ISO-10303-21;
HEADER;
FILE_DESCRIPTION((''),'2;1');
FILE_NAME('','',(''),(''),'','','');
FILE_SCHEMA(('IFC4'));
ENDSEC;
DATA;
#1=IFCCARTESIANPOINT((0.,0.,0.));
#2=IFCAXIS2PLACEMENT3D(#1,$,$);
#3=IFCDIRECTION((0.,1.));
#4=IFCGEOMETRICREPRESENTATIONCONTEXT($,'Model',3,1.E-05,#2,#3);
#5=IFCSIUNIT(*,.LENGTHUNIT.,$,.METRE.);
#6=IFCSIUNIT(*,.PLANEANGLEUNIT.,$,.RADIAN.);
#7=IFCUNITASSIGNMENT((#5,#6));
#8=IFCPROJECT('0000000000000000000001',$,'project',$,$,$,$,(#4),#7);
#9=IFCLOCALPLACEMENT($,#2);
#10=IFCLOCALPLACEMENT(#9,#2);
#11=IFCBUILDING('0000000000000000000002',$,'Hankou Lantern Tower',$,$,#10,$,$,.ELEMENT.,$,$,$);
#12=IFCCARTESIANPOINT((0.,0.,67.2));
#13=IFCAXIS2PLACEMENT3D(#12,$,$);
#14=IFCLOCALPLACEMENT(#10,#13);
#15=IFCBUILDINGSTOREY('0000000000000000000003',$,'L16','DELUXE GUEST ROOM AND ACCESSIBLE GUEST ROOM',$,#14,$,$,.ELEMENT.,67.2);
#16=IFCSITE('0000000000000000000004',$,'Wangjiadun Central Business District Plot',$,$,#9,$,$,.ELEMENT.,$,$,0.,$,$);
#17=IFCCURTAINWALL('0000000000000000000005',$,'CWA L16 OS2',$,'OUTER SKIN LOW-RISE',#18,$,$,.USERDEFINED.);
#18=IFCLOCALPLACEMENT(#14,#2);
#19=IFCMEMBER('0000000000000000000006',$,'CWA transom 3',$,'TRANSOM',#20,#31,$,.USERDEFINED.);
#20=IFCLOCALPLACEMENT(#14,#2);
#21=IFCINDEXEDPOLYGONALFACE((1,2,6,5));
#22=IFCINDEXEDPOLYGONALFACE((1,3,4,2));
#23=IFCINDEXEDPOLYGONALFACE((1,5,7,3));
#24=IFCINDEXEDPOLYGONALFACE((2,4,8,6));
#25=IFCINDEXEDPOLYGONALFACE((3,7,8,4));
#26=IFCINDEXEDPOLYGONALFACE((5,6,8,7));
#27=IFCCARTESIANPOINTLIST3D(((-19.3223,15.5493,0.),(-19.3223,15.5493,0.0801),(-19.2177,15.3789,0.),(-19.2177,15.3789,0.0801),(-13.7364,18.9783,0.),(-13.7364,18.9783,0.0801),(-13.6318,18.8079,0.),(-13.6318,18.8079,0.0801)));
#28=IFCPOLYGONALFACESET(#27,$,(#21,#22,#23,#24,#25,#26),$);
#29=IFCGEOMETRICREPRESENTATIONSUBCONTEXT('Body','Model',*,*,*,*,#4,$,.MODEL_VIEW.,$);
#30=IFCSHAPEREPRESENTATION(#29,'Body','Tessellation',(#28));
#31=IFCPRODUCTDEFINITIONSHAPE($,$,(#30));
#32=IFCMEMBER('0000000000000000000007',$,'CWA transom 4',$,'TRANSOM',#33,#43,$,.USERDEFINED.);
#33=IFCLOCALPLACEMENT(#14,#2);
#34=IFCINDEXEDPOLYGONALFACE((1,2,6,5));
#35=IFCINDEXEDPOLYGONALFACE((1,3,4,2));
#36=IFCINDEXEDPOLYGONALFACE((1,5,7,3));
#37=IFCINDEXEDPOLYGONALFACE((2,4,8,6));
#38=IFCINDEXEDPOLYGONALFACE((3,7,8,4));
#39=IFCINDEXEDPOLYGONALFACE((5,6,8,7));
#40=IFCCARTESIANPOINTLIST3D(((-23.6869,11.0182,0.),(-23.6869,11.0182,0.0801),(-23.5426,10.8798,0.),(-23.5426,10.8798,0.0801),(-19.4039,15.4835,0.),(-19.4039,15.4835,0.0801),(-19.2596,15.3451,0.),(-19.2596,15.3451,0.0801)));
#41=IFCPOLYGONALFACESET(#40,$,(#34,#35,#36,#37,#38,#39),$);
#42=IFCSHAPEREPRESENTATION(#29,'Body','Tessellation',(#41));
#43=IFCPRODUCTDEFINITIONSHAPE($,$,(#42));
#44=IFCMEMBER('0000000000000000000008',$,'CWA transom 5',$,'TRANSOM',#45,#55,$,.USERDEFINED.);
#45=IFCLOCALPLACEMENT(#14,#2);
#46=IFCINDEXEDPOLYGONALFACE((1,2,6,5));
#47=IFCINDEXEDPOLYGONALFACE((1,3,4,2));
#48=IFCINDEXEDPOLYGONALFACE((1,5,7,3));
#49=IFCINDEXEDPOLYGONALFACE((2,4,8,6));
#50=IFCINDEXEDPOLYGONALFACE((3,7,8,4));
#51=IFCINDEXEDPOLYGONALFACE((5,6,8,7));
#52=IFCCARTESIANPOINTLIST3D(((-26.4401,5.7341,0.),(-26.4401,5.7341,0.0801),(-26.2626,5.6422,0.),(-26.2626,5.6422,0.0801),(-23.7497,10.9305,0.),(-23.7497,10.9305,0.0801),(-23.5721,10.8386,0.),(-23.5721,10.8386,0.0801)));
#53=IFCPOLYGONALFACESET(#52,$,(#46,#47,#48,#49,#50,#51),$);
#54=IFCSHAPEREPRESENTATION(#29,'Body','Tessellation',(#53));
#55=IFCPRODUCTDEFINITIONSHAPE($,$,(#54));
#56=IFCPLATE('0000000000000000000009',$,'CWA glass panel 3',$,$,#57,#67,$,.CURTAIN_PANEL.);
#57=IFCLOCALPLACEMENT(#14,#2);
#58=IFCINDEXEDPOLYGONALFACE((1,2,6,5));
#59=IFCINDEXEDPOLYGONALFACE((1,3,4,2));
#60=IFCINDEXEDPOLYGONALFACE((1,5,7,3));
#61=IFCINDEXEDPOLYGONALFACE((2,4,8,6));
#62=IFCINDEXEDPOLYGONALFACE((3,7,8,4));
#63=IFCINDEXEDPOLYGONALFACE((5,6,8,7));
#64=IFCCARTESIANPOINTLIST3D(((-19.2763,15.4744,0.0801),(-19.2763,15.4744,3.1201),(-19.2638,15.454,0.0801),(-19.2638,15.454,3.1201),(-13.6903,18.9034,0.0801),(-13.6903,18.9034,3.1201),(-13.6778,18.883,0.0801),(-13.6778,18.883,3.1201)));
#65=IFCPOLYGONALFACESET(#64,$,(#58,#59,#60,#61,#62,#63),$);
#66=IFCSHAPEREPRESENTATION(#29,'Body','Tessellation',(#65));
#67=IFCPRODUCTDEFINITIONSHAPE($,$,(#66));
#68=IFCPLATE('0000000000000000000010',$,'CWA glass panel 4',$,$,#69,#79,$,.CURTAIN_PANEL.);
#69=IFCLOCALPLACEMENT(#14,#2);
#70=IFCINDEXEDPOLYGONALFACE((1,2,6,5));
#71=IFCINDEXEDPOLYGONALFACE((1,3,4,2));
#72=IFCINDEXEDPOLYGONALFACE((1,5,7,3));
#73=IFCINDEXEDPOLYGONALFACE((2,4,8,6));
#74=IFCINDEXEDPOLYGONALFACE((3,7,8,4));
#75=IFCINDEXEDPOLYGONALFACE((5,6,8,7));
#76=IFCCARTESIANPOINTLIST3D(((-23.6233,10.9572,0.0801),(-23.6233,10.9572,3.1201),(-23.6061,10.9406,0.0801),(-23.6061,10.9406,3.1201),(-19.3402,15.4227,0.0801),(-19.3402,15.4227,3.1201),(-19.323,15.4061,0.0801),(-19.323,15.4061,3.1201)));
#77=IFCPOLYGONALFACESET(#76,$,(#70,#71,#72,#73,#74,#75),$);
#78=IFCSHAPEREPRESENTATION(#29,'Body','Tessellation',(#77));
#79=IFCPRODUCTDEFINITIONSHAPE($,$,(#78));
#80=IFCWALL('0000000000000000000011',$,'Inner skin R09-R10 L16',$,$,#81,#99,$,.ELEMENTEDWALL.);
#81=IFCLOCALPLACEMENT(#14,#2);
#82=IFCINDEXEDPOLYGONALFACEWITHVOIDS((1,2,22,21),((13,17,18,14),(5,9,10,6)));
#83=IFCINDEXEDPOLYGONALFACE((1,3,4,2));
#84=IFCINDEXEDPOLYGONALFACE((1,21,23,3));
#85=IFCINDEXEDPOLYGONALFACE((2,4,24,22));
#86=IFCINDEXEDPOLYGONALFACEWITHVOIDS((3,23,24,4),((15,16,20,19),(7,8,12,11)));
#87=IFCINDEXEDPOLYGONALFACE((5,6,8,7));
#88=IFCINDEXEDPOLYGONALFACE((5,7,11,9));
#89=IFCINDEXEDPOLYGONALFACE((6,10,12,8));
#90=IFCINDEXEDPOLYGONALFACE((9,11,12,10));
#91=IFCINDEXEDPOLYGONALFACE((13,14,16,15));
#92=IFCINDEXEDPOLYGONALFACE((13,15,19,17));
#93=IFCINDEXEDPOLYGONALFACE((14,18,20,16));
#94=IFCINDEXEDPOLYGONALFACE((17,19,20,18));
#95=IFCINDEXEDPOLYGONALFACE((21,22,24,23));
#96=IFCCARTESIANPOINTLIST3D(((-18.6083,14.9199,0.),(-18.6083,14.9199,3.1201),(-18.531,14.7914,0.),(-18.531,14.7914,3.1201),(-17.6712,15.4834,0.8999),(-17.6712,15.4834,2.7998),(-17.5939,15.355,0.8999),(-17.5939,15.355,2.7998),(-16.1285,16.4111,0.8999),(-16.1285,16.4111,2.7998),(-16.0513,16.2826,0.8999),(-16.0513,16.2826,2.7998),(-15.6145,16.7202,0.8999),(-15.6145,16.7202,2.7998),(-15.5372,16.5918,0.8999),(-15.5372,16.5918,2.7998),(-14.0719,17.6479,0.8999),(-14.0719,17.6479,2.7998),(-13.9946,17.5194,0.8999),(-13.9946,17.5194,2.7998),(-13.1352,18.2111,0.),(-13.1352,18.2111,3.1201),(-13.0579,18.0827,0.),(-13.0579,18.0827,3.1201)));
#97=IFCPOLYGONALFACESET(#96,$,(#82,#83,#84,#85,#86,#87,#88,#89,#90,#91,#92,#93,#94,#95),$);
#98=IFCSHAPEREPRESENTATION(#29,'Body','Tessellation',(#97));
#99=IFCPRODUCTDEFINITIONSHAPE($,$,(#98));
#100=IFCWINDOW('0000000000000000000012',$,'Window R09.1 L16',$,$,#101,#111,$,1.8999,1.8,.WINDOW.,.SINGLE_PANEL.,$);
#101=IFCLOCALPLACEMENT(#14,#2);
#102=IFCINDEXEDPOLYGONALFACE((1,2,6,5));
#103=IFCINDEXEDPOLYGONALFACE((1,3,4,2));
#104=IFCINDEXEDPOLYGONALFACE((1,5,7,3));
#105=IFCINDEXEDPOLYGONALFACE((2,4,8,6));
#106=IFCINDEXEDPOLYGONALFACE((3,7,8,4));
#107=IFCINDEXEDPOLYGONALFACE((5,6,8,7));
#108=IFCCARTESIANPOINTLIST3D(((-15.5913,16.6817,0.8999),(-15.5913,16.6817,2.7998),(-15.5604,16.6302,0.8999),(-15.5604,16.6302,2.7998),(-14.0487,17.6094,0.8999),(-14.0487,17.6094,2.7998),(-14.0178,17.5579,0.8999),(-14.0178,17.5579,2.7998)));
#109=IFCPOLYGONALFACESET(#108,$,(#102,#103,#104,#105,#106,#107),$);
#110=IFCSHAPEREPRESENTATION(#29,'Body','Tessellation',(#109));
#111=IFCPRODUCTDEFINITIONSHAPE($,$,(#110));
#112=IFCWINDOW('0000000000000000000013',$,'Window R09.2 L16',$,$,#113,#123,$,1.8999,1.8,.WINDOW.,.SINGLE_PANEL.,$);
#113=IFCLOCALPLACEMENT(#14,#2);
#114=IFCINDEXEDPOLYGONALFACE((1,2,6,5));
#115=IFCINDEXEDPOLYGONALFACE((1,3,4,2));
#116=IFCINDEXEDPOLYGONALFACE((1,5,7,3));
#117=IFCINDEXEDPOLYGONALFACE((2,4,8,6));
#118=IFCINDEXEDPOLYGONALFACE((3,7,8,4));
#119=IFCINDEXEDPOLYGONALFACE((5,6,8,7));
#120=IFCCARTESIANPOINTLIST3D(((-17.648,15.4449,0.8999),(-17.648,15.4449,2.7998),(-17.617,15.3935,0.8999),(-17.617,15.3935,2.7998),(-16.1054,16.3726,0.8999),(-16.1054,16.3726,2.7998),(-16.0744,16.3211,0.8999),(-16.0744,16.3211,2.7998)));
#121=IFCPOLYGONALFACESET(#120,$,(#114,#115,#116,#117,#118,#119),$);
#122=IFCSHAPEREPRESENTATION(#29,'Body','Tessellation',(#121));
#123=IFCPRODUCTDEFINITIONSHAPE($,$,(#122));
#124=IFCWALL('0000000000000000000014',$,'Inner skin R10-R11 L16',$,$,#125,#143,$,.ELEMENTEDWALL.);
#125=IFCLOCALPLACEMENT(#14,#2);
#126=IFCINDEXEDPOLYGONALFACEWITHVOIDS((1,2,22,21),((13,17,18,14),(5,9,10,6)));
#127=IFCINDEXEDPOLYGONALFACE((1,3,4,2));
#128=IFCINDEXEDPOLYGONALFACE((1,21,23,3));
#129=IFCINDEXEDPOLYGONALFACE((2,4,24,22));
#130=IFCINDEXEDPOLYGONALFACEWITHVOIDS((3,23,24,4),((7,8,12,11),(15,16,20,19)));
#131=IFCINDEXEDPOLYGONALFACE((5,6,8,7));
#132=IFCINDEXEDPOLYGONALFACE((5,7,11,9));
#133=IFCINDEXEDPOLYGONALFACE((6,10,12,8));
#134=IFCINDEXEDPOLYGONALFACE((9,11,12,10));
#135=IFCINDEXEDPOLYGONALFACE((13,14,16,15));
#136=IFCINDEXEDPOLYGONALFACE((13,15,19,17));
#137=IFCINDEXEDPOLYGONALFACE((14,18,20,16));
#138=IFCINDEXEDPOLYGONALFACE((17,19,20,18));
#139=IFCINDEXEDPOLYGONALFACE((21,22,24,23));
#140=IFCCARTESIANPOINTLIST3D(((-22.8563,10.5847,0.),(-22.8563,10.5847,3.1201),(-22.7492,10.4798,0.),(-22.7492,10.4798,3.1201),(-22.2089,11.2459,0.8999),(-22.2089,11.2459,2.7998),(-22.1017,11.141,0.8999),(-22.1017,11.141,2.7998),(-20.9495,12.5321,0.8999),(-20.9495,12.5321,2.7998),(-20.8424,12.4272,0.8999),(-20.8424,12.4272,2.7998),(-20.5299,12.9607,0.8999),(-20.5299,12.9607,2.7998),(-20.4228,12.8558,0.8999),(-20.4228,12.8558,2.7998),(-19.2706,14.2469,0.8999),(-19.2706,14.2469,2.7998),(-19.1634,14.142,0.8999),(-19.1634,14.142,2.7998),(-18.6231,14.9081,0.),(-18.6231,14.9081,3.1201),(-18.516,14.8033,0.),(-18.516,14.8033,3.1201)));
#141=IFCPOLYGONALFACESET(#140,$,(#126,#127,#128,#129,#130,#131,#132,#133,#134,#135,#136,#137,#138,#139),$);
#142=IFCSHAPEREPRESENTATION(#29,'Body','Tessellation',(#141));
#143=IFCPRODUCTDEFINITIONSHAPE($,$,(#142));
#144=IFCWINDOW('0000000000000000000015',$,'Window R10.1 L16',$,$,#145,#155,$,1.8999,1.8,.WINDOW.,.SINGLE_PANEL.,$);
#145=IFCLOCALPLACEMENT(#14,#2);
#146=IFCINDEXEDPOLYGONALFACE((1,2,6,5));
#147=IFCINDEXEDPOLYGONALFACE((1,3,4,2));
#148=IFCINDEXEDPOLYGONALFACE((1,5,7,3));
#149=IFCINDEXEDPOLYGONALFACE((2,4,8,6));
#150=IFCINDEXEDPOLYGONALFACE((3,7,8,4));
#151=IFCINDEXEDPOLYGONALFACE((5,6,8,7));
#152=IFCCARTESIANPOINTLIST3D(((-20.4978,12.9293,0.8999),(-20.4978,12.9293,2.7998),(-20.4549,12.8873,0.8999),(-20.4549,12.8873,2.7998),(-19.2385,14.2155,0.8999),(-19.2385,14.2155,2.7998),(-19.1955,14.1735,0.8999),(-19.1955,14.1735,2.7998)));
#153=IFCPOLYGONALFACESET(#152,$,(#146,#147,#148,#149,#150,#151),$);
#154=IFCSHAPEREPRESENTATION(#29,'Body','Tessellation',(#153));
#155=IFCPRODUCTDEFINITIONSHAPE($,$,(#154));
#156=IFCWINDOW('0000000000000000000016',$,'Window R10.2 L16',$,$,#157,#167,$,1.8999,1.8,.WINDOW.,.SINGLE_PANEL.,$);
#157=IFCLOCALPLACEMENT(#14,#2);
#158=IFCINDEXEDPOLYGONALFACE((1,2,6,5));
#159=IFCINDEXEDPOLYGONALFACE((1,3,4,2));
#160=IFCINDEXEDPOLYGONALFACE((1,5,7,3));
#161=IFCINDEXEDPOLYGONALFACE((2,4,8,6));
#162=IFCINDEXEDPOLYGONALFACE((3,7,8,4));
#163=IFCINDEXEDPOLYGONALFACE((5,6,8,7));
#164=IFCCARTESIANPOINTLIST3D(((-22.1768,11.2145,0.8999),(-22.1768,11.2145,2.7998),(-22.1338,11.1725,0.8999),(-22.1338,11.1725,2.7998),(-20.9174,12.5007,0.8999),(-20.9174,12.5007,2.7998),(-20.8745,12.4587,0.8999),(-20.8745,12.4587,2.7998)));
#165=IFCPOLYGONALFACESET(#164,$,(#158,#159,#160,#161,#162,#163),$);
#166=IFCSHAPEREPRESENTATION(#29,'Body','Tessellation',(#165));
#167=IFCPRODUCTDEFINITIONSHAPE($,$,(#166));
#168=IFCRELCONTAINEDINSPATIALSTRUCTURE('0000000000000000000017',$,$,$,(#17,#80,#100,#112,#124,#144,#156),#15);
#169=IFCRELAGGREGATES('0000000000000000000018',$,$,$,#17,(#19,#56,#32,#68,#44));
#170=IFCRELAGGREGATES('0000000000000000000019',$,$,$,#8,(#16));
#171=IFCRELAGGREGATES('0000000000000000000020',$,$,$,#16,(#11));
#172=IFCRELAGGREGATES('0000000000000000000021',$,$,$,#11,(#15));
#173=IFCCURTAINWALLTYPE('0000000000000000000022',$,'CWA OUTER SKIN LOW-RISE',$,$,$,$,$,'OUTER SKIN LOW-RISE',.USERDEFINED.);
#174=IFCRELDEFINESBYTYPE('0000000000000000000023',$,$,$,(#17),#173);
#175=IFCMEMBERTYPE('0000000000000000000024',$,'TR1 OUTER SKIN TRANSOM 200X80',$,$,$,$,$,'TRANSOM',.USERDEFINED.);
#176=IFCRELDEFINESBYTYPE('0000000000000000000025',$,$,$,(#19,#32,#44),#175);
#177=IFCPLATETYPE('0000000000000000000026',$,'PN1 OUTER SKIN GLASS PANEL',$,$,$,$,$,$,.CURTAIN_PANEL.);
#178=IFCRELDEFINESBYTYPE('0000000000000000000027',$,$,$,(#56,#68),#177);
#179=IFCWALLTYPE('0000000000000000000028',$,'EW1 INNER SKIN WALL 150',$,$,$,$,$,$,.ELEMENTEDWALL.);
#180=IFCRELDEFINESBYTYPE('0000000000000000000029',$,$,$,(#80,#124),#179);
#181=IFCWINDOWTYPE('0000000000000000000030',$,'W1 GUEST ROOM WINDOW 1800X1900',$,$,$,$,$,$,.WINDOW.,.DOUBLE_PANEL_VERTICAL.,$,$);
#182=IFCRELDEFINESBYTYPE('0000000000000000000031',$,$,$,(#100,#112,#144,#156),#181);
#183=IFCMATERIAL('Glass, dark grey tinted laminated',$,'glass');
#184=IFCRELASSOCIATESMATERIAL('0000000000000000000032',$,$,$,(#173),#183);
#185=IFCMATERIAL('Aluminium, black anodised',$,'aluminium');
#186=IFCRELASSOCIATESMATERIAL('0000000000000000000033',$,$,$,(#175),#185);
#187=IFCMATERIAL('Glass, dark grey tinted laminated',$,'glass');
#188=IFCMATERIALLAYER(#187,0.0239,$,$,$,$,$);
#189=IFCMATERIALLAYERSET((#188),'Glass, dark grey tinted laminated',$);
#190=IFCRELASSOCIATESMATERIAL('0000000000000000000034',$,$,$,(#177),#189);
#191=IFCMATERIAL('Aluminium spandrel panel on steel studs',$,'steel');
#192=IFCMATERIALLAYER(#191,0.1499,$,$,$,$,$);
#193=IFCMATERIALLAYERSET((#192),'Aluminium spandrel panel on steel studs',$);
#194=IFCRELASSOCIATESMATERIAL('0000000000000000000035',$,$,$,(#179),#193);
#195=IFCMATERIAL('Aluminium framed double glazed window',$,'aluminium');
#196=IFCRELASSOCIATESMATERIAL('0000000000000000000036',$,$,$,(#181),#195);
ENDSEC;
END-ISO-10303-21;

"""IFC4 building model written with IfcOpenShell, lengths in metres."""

from ifc_helpers import new_model, si_unit, direction, frame, frame_2d, origin, origin_2d, place, context, subcontext, project, spatial, rectangle, extrude, material, layer, layer_set, material_profile, profile_set, type_object, element, fill, aggregate, save


model = new_model("IFC4")

# Units and contexts
model_context = context("Model", 3, precision=1e-05, world=origin(), true_north=direction((0.0, 1.0)))
body_context = subcontext(model_context, "Body", "Model", "MODEL_VIEW")
ifc_project = project(units=[si_unit("LENGTHUNIT", "METRE"), si_unit("PLANEANGLEUNIT", "RADIAN")], contexts=[model_context])

# Site, building, storey
site_placement = place(None, origin())
site = spatial("IfcSite", under=ifc_project, at=site_placement, Name="Wangjiadun Central Business District Plot", CompositionType="ELEMENT", RefElevation=0.0)
building_placement = place(site_placement, origin())
building = spatial("IfcBuilding", under=site, at=building_placement, Name="Hankou Lantern Tower", CompositionType="ELEMENT")
storey_placement = place(building_placement, frame((0.0, 0.0, 67.2)))
storey = spatial("IfcBuildingStorey", under=building, at=storey_placement, Name="L16", Description="DELUXE GUEST ROOM AND ACCESSIBLE GUEST ROOM", CompositionType="ELEMENT", Elevation=67.2)

# Curtain wall
ifc_material_1 = material(Name="Glass, dark grey tinted laminated", Category="glass")
curtain_wall_type = type_object("IfcCurtainWallType", Name="CWA OUTER SKIN LOW-RISE", ElementType="OUTER SKIN LOW-RISE", PredefinedType="USERDEFINED", material=ifc_material_1)
curtain_wall_placement = place(storey_placement, origin())
curtain_wall = element("IfcCurtainWall", 1, at=curtain_wall_placement, inside=storey, type_object=curtain_wall_type, Name="CWA L16 OS2", ObjectType="OUTER SKIN LOW-RISE", PredefinedType="USERDEFINED")

# Members
ifc_material_2 = material(Name="Aluminium, black anodised", Category="aluminium")
ifc_material_profile_1 = material_profile(ifc_material_2, rectangle(XDim=0.2, YDim=0.0801, at=origin_2d()), Name="TR1 200X80")
ifc_profile_set_1 = profile_set([ifc_material_profile_1], Name="Aluminium, black anodised")
member_type_1 = type_object("IfcMemberType", Name="TR1 OUTER SKIN TRANSOM 200X80", ElementType="TRANSOM", PredefinedType="USERDEFINED", material=ifc_profile_set_1)
member_1_placement = place(storey_placement, frame((-13.6841, 18.8931, 0.04), z_axis=(-0.85224, -0.523152, 0.0), x_axis=(0.523152, -0.85224, 0.0)))
member_1 = element("IfcMember", 2, at=member_1_placement, type_object=member_type_1, Name="CWA transom 3", ObjectType="TRANSOM", PredefinedType="USERDEFINED", context=body_context, shape_type="SweptSolid", body=[
    extrude(rectangle(XDim=0.2, YDim=0.0801, at=origin_2d()), origin(), (0.0, 0.0, 1.0), 6.5544),
])
member_2_placement = place(storey_placement, frame((-19.3318, 15.4143, 0.04), z_axis=(-0.692216, -0.721691, 0.0), x_axis=(0.721691, -0.692216, 0.0)))
member_2 = element("IfcMember", 3, at=member_2_placement, type_object=member_type_1, Name="CWA transom 4", ObjectType="TRANSOM", PredefinedType="USERDEFINED", context=body_context, shape_type="SweptSolid", body=[
    extrude(rectangle(XDim=0.2, YDim=0.0801, at=origin_2d()), origin(), (0.0, 0.0, 1.0), 6.1873),
])
member_3_placement = place(storey_placement, frame((-23.6609, 10.8845, 0.04), z_axis=(-0.459786, -0.88803, 0.0), x_axis=(0.88803, -0.459786, 0.0)))
member_3 = element("IfcMember", 4, at=member_3_placement, type_object=member_type_1, Name="CWA transom 5", ObjectType="TRANSOM", PredefinedType="USERDEFINED", context=body_context, shape_type="SweptSolid", body=[
    extrude(rectangle(XDim=0.2, YDim=0.0801, at=origin_2d()), origin(), (0.0, 0.0, 1.0), 5.8516),
])

# Plates
ifc_material_3 = material(Name="Glass, dark grey tinted laminated", Category="glass")
ifc_layer_1 = layer(ifc_material_3, 0.0239)
ifc_layer_set_1 = layer_set([ifc_layer_1], Name="Glass, dark grey tinted laminated")
plate_type = type_object("IfcPlateType", Name="PN1 OUTER SKIN GLASS PANEL", PredefinedType="CURTAIN_PANEL", material=ifc_layer_set_1)
plate_1_placement = place(storey_placement, frame((-16.4771, 17.1787, 0.0801), z_axis=(0.0, 0.0, 1.0), x_axis=(-0.852237, -0.523156, 0.0)))
plate_1 = element("IfcPlate", 5, at=plate_1_placement, type_object=plate_type, Name="CWA glass panel 3", PredefinedType="CURTAIN_PANEL", context=body_context, shape_type="SweptSolid", body=[
    extrude(rectangle(XDim=6.5544, YDim=0.0239, at=origin_2d()), origin(), (0.0, 0.0, 1.0), 3.04),
])
plate_2_placement = place(storey_placement, frame((-21.4731, 13.1816, 0.0801), z_axis=(0.0, 0.0, 1.0), x_axis=(-0.692216, -0.721691, 0.0)))
plate_2 = element("IfcPlate", 6, at=plate_2_placement, type_object=plate_type, Name="CWA glass panel 4", PredefinedType="CURTAIN_PANEL", context=body_context, shape_type="SweptSolid", body=[
    extrude(rectangle(XDim=6.1875, YDim=0.0239, at=origin_2d()), origin(), (0.0, 0.0, 1.0), 3.04),
])
aggregate(curtain_wall, [member_1, plate_1, member_2, plate_2, member_3])

# Walls, openings, windows
ifc_material_4 = material(Name="Aluminium spandrel panel on steel studs", Category="steel")
ifc_layer_2 = layer(ifc_material_4, 0.1499)
ifc_layer_set_2 = layer_set([ifc_layer_2], Name="Aluminium spandrel panel on steel studs")
wall_type_1 = type_object("IfcWallType", Name="EW1 INNER SKIN WALL 150", PredefinedType="ELEMENTEDWALL", material=ifc_layer_set_2)
wall_1_placement = place(storey_placement, frame((-13.0964, 18.147, 0.0), z_axis=(0.0, 0.0, 1.0), x_axis=(-0.856983, -0.515344, 0.0)))
wall_1 = element("IfcWall", 7, at=wall_1_placement, inside=storey, type_object=wall_type_1, Name="Inner skin R09-R10 L16", PredefinedType="ELEMENTEDWALL", context=body_context, shape_type="SweptSolid", body=[
    extrude(rectangle(XDim=6.3865, YDim=0.1499, at=frame_2d((3.1934, 0.0))), origin(), (0.0, 0.0, 1.0), 3.1201),
])
opening_1_placement = place(wall_1_placement, frame((1.0933, 0.0, 0.8999)))
opening_1 = element("IfcOpeningElement", 8, at=opening_1_placement, cuts=wall_1, PredefinedType="OPENING", context=body_context, shape_type="SweptSolid", body=[
    extrude(rectangle(XDim=1.8, YDim=1.8999, at=frame_2d((0.8999, 0.95))), frame((0.0, 0.085, 0.0), z_axis=(0.0, -1.0, 0.0), x_axis=(1.0, 0.0, 0.0)), (0.0, 0.0, 1.0), 0.1699),
])
opening_2_placement = place(wall_1_placement, frame((3.4932, 0.0, 0.8999)))
opening_2 = element("IfcOpeningElement", 9, at=opening_2_placement, cuts=wall_1, PredefinedType="OPENING", context=body_context, shape_type="SweptSolid", body=[
    extrude(rectangle(XDim=1.8, YDim=1.8999, at=frame_2d((0.8999, 0.95))), frame((0.0, 0.085, 0.0), z_axis=(0.0, -1.0, 0.0), x_axis=(1.0, 0.0, 0.0)), (0.0, 0.0, 1.0), 0.1699),
])
ifc_material_5 = material(Name="Aluminium framed double glazed window", Category="aluminium")
window_type = type_object("IfcWindowType", Name="W1 GUEST ROOM WINDOW 1800X1900", PartitioningType="DOUBLE_PANEL_VERTICAL", PredefinedType="WINDOW", material=ifc_material_5)
window_1_placement = place(opening_1_placement, origin())
window_1 = element("IfcWindow", 10, at=window_1_placement, inside=storey, type_object=window_type, Name="Window R09.1 L16", OverallHeight=1.8999, OverallWidth=1.8, PartitioningType="SINGLE_PANEL", PredefinedType="WINDOW", context=body_context, shape_type="SweptSolid", body=[
    extrude(rectangle(XDim=1.8, YDim=1.8999, at=frame_2d((0.8999, 0.95))), frame((0.0, 0.03, 0.0), z_axis=(0.0, -1.0, 0.0), x_axis=(1.0, 0.0, 0.0)), (0.0, 0.0, 1.0), 0.0601),
])
fill(opening_1, window_1)
window_2_placement = place(opening_2_placement, origin())
window_2 = element("IfcWindow", 11, at=window_2_placement, inside=storey, type_object=window_type, Name="Window R09.2 L16", OverallHeight=1.8999, OverallWidth=1.8, PartitioningType="SINGLE_PANEL", PredefinedType="WINDOW", context=body_context, shape_type="SweptSolid", body=[
    extrude(rectangle(XDim=1.8, YDim=1.8999, at=frame_2d((0.8999, 0.95))), frame((0.0, 0.03, 0.0), z_axis=(0.0, -1.0, 0.0), x_axis=(1.0, 0.0, 0.0)), (0.0, 0.0, 1.0), 0.0601),
])
fill(opening_2, window_2)
wall_2_placement = place(storey_placement, frame((-18.5696, 14.8557, 0.0), z_axis=(0.0, 0.0, 1.0), x_axis=(-0.699603, -0.714532, 0.0)))
wall_2 = element("IfcWall", 12, at=wall_2_placement, inside=storey, type_object=wall_type_1, Name="Inner skin R10-R11 L16", PredefinedType="ELEMENTEDWALL", context=body_context, shape_type="SweptSolid", body=[
    extrude(rectangle(XDim=6.0508, YDim=0.1499, at=frame_2d((3.0254, 0.0))), origin(), (0.0, 0.0, 1.0), 3.1201),
])
opening_3_placement = place(wall_2_placement, frame((0.9255, 0.0, 0.8999)))
opening_3 = element("IfcOpeningElement", 13, at=opening_3_placement, cuts=wall_2, PredefinedType="OPENING", context=body_context, shape_type="SweptSolid", body=[
    extrude(rectangle(XDim=1.8, YDim=1.8999, at=frame_2d((0.8999, 0.95))), frame((0.0, 0.085, 0.0), z_axis=(0.0, -1.0, 0.0), x_axis=(1.0, 0.0, 0.0)), (0.0, 0.0, 1.0), 0.1699),
])
opening_4_placement = place(wall_2_placement, frame((3.3254, 0.0, 0.8999)))
opening_4 = element("IfcOpeningElement", 14, at=opening_4_placement, cuts=wall_2, PredefinedType="OPENING", context=body_context, shape_type="SweptSolid", body=[
    extrude(rectangle(XDim=1.8, YDim=1.8999, at=frame_2d((0.8999, 0.95))), frame((0.0, 0.085, 0.0), z_axis=(0.0, -1.0, 0.0), x_axis=(1.0, 0.0, 0.0)), (0.0, 0.0, 1.0), 0.1699),
])
window_3_placement = place(opening_3_placement, origin())
window_3 = element("IfcWindow", 15, at=window_3_placement, inside=storey, type_object=window_type, Name="Window R10.1 L16", OverallHeight=1.8999, OverallWidth=1.8, PartitioningType="SINGLE_PANEL", PredefinedType="WINDOW", context=body_context, shape_type="SweptSolid", body=[
    extrude(rectangle(XDim=1.8, YDim=1.8999, at=frame_2d((0.8999, 0.95))), frame((0.0, 0.03, 0.0), z_axis=(0.0, -1.0, 0.0), x_axis=(1.0, 0.0, 0.0)), (0.0, 0.0, 1.0), 0.0601),
])
fill(opening_3, window_3)
window_4_placement = place(opening_4_placement, origin())
window_4 = element("IfcWindow", 16, at=window_4_placement, inside=storey, type_object=window_type, Name="Window R10.2 L16", OverallHeight=1.8999, OverallWidth=1.8, PartitioningType="SINGLE_PANEL", PredefinedType="WINDOW", context=body_context, shape_type="SweptSolid", body=[
    extrude(rectangle(XDim=1.8, YDim=1.8999, at=frame_2d((0.8999, 0.95))), frame((0.0, 0.03, 0.0), z_axis=(0.0, -1.0, 0.0), x_axis=(1.0, 0.0, 0.0)), (0.0, 0.0, 1.0), 0.0601),
])
fill(opening_4, window_4)

save(model, "model.ifc")
